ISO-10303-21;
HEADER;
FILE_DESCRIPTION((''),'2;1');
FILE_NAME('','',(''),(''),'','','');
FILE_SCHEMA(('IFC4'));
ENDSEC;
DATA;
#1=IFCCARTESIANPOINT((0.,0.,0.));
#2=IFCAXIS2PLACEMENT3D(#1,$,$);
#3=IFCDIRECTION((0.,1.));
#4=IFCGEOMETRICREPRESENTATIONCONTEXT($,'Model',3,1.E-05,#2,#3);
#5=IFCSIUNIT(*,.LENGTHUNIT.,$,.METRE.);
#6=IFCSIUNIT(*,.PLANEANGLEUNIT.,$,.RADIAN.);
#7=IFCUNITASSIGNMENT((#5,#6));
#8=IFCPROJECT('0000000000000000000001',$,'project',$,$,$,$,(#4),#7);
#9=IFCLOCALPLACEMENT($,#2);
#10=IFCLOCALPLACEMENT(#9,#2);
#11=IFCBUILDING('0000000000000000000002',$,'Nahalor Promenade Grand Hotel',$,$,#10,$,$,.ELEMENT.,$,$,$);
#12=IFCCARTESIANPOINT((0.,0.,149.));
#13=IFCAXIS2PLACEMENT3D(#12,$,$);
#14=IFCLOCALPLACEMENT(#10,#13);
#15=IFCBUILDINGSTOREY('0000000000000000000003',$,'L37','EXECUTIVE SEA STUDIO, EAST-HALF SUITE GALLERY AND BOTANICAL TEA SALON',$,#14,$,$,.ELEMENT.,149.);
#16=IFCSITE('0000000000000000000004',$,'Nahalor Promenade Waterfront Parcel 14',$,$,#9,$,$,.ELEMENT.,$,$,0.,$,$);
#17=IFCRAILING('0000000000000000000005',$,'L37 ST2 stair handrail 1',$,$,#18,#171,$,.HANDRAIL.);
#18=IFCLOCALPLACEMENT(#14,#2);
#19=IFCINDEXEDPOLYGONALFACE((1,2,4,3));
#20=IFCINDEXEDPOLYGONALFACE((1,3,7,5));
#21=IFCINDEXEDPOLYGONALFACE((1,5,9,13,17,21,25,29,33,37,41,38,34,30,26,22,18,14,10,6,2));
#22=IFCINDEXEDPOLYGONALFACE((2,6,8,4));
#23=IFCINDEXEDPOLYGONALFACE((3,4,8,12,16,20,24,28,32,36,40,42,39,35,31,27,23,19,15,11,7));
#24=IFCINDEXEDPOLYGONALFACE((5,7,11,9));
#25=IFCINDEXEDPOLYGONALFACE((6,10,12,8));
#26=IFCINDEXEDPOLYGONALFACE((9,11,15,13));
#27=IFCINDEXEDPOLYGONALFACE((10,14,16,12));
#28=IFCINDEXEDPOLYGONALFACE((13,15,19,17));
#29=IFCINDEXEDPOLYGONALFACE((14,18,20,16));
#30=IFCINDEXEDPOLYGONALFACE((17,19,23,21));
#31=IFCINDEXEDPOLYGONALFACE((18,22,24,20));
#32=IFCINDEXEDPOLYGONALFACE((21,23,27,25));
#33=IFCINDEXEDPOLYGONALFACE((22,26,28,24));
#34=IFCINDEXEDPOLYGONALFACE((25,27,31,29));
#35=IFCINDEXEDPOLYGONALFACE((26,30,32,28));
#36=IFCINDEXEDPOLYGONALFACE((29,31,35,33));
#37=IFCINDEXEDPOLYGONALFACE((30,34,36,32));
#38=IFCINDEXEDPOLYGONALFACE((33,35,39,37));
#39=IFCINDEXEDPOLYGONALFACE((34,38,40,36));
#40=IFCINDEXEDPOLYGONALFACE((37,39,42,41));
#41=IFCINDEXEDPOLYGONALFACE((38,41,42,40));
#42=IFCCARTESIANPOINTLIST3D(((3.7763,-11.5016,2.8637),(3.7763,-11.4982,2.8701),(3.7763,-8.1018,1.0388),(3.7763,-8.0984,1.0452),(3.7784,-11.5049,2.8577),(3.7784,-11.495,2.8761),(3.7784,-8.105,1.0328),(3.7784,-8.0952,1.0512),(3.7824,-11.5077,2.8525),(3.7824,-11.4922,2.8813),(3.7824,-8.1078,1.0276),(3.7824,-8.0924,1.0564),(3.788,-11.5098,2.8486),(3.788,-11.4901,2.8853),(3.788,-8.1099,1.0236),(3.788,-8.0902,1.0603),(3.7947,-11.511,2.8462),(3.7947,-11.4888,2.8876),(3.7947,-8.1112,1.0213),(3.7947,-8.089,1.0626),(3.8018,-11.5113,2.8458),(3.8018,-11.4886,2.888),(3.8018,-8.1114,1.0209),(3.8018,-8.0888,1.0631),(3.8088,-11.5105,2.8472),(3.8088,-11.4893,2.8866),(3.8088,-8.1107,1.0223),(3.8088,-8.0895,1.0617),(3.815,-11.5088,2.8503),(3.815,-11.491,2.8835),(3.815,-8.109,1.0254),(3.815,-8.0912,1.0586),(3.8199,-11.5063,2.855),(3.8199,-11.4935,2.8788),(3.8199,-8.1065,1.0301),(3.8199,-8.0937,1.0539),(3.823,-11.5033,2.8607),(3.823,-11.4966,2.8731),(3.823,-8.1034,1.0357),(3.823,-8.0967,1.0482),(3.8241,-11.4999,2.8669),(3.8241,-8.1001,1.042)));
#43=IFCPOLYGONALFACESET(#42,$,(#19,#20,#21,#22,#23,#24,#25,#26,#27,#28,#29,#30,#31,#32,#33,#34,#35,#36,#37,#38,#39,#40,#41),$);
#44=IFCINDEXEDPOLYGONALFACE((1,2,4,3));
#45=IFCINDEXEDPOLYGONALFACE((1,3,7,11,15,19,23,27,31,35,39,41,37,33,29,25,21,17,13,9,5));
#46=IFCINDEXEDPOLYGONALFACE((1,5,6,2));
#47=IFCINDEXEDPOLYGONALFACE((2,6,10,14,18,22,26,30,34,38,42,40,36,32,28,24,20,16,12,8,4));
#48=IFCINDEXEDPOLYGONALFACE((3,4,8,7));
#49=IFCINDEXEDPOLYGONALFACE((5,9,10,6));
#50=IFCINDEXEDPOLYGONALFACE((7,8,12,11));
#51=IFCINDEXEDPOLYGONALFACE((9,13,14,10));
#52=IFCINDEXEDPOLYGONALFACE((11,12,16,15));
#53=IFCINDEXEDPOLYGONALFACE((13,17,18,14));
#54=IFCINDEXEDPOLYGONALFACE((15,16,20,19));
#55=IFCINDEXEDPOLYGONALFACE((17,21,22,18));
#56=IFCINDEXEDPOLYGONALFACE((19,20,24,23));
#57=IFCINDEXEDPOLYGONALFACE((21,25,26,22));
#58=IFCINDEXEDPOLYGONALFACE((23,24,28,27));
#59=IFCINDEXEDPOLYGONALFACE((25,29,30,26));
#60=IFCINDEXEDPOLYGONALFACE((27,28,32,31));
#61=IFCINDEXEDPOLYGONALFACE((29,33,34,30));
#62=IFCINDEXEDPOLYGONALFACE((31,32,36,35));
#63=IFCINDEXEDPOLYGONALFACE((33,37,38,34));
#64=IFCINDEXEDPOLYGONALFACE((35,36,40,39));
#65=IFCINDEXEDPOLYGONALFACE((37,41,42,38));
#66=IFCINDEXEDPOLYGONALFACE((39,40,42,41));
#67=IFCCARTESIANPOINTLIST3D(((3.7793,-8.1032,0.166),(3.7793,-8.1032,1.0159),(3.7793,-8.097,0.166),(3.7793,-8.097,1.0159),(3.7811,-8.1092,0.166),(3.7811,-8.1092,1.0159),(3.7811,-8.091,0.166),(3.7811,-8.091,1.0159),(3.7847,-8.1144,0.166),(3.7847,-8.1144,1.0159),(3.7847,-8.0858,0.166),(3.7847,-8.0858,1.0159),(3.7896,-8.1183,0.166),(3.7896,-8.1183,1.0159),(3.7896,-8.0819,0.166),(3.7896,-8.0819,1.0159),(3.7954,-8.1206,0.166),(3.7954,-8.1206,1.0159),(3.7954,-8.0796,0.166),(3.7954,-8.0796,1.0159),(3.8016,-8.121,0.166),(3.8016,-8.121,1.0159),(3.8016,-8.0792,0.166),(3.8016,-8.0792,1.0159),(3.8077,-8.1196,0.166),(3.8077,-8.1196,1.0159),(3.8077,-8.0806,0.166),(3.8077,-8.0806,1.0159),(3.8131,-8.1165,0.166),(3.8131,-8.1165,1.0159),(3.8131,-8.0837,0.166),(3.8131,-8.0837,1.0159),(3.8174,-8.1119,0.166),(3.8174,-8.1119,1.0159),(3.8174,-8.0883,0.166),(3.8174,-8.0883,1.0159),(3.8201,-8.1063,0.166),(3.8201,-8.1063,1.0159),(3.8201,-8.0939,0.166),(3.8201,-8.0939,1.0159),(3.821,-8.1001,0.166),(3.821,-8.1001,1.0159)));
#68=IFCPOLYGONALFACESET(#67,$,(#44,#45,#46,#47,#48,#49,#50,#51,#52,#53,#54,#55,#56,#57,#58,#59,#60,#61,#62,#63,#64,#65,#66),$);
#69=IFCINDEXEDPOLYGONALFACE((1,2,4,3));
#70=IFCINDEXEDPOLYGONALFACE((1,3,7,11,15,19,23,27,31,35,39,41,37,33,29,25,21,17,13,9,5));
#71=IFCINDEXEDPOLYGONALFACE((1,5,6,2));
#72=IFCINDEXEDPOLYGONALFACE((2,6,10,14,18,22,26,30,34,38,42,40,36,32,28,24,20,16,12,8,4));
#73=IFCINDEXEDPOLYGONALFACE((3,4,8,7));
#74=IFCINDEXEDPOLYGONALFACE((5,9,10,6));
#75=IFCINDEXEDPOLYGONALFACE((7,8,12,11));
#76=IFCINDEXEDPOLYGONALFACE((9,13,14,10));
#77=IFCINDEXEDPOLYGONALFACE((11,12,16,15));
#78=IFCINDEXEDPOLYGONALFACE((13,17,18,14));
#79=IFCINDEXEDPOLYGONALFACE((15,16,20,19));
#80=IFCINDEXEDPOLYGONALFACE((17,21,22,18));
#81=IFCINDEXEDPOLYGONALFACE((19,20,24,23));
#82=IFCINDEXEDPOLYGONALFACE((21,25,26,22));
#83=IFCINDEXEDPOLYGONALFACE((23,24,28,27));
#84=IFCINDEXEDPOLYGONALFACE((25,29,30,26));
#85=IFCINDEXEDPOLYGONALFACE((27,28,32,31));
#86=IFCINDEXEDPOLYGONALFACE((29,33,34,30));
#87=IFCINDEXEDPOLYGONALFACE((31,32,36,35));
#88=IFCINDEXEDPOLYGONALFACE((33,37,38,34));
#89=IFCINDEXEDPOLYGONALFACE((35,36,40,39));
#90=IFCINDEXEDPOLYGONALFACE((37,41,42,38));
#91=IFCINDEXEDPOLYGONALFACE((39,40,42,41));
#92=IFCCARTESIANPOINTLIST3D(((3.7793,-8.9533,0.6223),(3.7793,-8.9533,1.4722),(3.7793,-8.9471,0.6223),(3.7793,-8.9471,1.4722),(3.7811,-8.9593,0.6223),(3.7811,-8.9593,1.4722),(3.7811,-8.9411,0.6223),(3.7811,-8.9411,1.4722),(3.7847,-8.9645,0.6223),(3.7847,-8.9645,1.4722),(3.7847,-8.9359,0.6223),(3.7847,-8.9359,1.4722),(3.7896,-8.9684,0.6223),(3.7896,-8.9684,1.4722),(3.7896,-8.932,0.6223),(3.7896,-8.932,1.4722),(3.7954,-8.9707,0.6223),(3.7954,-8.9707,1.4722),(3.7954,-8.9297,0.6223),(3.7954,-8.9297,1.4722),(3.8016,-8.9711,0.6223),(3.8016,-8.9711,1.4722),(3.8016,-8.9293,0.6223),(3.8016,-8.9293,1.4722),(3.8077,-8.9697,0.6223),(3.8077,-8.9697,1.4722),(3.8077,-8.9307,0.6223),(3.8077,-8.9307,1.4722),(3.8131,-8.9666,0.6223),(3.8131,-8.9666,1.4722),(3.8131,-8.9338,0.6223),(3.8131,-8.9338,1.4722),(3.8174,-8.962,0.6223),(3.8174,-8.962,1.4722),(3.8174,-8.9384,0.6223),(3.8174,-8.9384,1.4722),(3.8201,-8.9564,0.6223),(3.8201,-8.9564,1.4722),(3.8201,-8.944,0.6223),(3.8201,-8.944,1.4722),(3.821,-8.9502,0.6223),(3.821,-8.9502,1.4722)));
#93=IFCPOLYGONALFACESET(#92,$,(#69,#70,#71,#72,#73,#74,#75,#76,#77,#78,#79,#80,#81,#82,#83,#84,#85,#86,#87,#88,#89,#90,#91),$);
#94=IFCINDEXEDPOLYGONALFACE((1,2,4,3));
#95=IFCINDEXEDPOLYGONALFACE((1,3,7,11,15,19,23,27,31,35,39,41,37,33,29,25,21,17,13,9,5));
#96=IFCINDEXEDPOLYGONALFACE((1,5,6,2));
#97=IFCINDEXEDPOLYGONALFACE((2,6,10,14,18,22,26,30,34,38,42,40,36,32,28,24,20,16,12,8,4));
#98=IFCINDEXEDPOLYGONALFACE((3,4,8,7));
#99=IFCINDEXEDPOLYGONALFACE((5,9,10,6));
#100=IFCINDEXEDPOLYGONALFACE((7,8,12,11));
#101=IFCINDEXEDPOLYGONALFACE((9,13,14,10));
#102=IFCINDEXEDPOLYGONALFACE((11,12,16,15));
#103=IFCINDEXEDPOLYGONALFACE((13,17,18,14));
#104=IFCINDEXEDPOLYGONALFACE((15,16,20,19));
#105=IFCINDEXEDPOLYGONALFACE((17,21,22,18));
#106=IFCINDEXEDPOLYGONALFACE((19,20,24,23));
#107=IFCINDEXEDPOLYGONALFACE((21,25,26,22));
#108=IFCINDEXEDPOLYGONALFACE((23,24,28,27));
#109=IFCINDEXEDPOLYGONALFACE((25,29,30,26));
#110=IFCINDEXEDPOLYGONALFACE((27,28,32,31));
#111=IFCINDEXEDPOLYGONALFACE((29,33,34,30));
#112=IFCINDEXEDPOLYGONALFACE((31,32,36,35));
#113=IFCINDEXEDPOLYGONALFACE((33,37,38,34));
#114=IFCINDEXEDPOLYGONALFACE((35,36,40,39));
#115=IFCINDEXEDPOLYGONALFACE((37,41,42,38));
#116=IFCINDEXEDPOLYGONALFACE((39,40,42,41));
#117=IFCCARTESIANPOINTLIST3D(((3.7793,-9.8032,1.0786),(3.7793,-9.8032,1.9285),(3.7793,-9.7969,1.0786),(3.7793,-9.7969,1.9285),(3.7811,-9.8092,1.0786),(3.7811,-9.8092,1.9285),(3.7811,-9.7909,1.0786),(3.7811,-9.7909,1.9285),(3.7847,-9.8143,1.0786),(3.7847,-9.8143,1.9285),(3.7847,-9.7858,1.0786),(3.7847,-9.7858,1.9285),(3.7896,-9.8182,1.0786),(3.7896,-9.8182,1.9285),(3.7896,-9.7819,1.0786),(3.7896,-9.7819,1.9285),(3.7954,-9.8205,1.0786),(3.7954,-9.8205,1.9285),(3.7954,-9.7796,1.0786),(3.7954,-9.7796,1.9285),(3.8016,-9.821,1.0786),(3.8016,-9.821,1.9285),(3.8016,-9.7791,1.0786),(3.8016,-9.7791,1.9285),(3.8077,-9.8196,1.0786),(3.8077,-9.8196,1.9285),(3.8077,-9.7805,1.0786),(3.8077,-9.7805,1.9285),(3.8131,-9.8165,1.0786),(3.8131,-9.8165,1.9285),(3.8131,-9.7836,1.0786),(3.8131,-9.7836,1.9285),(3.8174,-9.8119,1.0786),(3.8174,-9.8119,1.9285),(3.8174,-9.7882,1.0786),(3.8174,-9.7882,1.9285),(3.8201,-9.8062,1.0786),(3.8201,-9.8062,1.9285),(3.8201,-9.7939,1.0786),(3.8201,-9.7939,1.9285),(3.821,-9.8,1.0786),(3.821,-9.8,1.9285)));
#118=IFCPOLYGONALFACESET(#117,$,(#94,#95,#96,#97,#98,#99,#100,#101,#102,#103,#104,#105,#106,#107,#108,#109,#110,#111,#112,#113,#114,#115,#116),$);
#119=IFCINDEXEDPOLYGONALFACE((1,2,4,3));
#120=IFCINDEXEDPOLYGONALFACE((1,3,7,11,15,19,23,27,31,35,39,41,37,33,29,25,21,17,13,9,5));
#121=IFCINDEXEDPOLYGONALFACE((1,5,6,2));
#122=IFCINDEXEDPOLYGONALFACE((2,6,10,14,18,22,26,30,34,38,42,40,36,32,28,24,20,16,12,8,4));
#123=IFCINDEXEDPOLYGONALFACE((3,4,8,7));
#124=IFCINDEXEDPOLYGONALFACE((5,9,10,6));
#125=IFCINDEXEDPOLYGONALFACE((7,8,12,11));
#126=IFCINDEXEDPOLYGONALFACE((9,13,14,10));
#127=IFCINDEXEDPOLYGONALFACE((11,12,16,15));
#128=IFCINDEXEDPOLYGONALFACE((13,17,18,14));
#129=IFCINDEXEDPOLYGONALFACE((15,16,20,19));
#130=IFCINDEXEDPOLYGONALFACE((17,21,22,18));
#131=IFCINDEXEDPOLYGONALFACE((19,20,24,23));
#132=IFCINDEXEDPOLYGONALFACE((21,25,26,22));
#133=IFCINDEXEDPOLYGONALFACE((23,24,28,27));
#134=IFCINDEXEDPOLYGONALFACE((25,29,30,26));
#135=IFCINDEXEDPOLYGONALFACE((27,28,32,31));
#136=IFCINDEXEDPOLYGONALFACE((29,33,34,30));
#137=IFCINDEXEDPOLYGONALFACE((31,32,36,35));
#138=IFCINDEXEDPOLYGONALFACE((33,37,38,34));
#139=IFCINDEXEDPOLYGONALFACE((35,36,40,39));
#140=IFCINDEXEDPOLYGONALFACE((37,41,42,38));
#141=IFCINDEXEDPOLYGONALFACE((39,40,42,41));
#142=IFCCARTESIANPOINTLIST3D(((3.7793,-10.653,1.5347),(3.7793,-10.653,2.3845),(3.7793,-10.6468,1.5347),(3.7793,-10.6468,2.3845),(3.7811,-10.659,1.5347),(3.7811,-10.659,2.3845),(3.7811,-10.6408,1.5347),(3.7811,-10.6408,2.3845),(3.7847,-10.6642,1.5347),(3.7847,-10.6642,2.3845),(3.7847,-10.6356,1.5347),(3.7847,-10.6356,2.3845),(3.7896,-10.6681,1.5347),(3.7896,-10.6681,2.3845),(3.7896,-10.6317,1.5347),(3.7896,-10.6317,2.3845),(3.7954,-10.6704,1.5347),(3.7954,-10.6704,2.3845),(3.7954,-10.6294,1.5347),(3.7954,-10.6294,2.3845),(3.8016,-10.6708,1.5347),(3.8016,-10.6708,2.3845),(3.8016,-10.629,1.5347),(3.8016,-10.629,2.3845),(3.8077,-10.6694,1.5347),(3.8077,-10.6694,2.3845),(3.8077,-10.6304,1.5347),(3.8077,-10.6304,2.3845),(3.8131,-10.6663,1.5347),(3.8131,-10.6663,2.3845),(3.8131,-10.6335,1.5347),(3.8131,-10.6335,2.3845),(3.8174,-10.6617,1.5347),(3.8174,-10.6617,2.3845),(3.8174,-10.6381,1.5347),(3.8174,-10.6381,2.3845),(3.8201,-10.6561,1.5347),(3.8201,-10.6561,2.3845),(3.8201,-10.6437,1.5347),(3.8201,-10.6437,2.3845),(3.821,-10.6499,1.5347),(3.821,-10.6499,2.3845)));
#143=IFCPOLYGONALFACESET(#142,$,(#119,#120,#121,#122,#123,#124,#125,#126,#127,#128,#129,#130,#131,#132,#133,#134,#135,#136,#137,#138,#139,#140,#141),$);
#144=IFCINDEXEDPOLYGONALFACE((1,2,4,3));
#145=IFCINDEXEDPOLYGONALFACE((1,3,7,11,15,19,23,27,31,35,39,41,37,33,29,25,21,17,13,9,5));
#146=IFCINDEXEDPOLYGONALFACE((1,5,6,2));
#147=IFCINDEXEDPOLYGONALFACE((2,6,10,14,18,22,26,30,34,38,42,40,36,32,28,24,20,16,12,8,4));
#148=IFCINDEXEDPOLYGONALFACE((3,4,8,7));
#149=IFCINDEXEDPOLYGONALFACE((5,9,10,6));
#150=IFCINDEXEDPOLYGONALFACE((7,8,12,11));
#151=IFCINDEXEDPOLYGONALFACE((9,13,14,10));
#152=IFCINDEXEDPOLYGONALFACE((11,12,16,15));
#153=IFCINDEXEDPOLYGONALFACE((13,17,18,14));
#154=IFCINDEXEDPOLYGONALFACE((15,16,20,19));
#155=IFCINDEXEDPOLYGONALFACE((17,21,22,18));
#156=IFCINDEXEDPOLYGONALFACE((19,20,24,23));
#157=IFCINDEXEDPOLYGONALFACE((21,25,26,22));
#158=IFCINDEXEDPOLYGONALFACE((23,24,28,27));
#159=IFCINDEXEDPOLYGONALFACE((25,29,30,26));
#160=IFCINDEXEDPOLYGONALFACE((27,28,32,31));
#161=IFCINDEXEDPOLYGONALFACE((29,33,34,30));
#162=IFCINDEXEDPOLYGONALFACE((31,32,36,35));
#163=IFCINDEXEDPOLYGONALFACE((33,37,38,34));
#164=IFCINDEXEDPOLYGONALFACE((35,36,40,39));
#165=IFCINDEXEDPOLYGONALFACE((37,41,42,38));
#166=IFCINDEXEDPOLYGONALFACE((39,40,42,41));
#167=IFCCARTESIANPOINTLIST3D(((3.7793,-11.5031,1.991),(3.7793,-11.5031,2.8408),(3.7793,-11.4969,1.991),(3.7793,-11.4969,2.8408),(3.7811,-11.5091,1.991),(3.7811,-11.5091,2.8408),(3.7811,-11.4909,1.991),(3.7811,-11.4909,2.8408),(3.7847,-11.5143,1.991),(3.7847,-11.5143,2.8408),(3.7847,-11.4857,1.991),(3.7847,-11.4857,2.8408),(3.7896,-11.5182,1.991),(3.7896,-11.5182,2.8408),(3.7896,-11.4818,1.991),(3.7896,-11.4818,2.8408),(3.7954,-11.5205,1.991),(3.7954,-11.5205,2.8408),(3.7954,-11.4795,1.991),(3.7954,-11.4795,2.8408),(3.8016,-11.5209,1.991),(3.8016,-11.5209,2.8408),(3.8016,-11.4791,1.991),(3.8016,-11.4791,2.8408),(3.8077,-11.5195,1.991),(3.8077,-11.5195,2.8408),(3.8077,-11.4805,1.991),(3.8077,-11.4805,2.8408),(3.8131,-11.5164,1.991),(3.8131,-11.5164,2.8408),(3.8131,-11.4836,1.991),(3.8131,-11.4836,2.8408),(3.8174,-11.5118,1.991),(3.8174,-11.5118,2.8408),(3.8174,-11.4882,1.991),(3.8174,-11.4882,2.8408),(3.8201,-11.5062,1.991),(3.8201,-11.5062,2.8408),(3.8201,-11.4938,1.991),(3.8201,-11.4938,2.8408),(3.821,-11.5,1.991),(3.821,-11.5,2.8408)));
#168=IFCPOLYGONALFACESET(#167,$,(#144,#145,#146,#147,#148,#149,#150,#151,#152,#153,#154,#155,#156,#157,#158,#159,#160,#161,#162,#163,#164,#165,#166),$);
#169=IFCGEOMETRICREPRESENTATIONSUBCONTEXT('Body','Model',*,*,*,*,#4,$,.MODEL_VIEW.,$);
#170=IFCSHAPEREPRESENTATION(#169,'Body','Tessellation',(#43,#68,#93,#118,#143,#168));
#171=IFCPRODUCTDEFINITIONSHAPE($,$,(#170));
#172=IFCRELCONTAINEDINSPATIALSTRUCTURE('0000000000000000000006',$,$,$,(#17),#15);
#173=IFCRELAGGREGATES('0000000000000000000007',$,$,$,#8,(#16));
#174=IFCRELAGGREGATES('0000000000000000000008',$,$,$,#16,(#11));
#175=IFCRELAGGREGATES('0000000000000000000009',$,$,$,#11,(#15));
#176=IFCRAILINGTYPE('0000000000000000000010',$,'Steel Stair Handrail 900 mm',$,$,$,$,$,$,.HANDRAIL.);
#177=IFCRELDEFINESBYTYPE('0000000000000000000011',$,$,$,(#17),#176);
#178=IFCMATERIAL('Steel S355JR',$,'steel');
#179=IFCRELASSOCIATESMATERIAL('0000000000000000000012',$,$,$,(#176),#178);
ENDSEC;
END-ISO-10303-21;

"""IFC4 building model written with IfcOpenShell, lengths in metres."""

from ifc_helpers import new_model, si_unit, direction, frame, origin, origin_2d, place, context, subcontext, project, spatial, circle, extrude, material, type_object, element, save


model = new_model("IFC4")

# Units and contexts
model_context = context("Model", 3, precision=1e-05, world=origin(), true_north=direction((0.0, 1.0)))
body_context = subcontext(model_context, "Body", "Model", "MODEL_VIEW")
ifc_project = project(units=[si_unit("LENGTHUNIT", "METRE"), si_unit("PLANEANGLEUNIT", "RADIAN")], contexts=[model_context])

# Site, building, storey
site_placement = place(None, origin())
site = spatial("IfcSite", under=ifc_project, at=site_placement, Name="Nahalor Promenade Waterfront Parcel 14", CompositionType="ELEMENT", RefElevation=0.0)
building_placement = place(site_placement, origin())
building = spatial("IfcBuilding", under=site, at=building_placement, Name="Nahalor Promenade Grand Hotel", CompositionType="ELEMENT")
storey_placement = place(building_placement, frame((0.0, 0.0, 149.0)))
storey = spatial("IfcBuildingStorey", under=building, at=storey_placement, Name="L37", Description="EXECUTIVE SEA STUDIO, EAST-HALF SUITE GALLERY AND BOTANICAL TEA SALON", CompositionType="ELEMENT", Elevation=149.0)

# Shared definitions
ifc_material_1 = material(Name="Steel S355JR", Category="steel")

# Railing
railing_type_1 = type_object("IfcRailingType", Name="Steel Stair Handrail 900 mm", PredefinedType="HANDRAIL", material=ifc_material_1)
railing_1_placement = place(storey_placement, frame((3.8, -8.1001, 0.166)))
element("IfcRailing", 1, at=railing_1_placement, inside=storey, type_object=railing_type_1, Name="L37 ST2 stair handrail 1", PredefinedType="HANDRAIL", context=body_context, shape_type="SweptSolid", body=[
    extrude(circle(Radius=0.024, at=origin_2d()), frame((0.0, 0.0, 0.876), z_axis=(0.0, -0.881094, 0.472941), x_axis=(1.0, 0.0, 0.0)), (0.0, 0.0, 1.0), 3.8586),
    extrude(circle(Radius=0.021, at=origin_2d()), origin(), (0.0, 0.0, 1.0), 0.8499),
    extrude(circle(Radius=0.021, at=origin_2d()), frame((0.0, -0.8501, 0.4563)), (0.0, 0.0, 1.0), 0.8499),
    extrude(circle(Radius=0.021, at=origin_2d()), frame((0.0, -1.7, 0.9126)), (0.0, 0.0, 1.0), 0.8499),
    extrude(circle(Radius=0.021, at=origin_2d()), frame((0.0, -2.5498, 1.3687)), (0.0, 0.0, 1.0), 0.8499),
    extrude(circle(Radius=0.021, at=origin_2d()), frame((0.0, -3.3999, 1.825)), (0.0, 0.0, 1.0), 0.8499),
])

save(model, "model.ifc")
